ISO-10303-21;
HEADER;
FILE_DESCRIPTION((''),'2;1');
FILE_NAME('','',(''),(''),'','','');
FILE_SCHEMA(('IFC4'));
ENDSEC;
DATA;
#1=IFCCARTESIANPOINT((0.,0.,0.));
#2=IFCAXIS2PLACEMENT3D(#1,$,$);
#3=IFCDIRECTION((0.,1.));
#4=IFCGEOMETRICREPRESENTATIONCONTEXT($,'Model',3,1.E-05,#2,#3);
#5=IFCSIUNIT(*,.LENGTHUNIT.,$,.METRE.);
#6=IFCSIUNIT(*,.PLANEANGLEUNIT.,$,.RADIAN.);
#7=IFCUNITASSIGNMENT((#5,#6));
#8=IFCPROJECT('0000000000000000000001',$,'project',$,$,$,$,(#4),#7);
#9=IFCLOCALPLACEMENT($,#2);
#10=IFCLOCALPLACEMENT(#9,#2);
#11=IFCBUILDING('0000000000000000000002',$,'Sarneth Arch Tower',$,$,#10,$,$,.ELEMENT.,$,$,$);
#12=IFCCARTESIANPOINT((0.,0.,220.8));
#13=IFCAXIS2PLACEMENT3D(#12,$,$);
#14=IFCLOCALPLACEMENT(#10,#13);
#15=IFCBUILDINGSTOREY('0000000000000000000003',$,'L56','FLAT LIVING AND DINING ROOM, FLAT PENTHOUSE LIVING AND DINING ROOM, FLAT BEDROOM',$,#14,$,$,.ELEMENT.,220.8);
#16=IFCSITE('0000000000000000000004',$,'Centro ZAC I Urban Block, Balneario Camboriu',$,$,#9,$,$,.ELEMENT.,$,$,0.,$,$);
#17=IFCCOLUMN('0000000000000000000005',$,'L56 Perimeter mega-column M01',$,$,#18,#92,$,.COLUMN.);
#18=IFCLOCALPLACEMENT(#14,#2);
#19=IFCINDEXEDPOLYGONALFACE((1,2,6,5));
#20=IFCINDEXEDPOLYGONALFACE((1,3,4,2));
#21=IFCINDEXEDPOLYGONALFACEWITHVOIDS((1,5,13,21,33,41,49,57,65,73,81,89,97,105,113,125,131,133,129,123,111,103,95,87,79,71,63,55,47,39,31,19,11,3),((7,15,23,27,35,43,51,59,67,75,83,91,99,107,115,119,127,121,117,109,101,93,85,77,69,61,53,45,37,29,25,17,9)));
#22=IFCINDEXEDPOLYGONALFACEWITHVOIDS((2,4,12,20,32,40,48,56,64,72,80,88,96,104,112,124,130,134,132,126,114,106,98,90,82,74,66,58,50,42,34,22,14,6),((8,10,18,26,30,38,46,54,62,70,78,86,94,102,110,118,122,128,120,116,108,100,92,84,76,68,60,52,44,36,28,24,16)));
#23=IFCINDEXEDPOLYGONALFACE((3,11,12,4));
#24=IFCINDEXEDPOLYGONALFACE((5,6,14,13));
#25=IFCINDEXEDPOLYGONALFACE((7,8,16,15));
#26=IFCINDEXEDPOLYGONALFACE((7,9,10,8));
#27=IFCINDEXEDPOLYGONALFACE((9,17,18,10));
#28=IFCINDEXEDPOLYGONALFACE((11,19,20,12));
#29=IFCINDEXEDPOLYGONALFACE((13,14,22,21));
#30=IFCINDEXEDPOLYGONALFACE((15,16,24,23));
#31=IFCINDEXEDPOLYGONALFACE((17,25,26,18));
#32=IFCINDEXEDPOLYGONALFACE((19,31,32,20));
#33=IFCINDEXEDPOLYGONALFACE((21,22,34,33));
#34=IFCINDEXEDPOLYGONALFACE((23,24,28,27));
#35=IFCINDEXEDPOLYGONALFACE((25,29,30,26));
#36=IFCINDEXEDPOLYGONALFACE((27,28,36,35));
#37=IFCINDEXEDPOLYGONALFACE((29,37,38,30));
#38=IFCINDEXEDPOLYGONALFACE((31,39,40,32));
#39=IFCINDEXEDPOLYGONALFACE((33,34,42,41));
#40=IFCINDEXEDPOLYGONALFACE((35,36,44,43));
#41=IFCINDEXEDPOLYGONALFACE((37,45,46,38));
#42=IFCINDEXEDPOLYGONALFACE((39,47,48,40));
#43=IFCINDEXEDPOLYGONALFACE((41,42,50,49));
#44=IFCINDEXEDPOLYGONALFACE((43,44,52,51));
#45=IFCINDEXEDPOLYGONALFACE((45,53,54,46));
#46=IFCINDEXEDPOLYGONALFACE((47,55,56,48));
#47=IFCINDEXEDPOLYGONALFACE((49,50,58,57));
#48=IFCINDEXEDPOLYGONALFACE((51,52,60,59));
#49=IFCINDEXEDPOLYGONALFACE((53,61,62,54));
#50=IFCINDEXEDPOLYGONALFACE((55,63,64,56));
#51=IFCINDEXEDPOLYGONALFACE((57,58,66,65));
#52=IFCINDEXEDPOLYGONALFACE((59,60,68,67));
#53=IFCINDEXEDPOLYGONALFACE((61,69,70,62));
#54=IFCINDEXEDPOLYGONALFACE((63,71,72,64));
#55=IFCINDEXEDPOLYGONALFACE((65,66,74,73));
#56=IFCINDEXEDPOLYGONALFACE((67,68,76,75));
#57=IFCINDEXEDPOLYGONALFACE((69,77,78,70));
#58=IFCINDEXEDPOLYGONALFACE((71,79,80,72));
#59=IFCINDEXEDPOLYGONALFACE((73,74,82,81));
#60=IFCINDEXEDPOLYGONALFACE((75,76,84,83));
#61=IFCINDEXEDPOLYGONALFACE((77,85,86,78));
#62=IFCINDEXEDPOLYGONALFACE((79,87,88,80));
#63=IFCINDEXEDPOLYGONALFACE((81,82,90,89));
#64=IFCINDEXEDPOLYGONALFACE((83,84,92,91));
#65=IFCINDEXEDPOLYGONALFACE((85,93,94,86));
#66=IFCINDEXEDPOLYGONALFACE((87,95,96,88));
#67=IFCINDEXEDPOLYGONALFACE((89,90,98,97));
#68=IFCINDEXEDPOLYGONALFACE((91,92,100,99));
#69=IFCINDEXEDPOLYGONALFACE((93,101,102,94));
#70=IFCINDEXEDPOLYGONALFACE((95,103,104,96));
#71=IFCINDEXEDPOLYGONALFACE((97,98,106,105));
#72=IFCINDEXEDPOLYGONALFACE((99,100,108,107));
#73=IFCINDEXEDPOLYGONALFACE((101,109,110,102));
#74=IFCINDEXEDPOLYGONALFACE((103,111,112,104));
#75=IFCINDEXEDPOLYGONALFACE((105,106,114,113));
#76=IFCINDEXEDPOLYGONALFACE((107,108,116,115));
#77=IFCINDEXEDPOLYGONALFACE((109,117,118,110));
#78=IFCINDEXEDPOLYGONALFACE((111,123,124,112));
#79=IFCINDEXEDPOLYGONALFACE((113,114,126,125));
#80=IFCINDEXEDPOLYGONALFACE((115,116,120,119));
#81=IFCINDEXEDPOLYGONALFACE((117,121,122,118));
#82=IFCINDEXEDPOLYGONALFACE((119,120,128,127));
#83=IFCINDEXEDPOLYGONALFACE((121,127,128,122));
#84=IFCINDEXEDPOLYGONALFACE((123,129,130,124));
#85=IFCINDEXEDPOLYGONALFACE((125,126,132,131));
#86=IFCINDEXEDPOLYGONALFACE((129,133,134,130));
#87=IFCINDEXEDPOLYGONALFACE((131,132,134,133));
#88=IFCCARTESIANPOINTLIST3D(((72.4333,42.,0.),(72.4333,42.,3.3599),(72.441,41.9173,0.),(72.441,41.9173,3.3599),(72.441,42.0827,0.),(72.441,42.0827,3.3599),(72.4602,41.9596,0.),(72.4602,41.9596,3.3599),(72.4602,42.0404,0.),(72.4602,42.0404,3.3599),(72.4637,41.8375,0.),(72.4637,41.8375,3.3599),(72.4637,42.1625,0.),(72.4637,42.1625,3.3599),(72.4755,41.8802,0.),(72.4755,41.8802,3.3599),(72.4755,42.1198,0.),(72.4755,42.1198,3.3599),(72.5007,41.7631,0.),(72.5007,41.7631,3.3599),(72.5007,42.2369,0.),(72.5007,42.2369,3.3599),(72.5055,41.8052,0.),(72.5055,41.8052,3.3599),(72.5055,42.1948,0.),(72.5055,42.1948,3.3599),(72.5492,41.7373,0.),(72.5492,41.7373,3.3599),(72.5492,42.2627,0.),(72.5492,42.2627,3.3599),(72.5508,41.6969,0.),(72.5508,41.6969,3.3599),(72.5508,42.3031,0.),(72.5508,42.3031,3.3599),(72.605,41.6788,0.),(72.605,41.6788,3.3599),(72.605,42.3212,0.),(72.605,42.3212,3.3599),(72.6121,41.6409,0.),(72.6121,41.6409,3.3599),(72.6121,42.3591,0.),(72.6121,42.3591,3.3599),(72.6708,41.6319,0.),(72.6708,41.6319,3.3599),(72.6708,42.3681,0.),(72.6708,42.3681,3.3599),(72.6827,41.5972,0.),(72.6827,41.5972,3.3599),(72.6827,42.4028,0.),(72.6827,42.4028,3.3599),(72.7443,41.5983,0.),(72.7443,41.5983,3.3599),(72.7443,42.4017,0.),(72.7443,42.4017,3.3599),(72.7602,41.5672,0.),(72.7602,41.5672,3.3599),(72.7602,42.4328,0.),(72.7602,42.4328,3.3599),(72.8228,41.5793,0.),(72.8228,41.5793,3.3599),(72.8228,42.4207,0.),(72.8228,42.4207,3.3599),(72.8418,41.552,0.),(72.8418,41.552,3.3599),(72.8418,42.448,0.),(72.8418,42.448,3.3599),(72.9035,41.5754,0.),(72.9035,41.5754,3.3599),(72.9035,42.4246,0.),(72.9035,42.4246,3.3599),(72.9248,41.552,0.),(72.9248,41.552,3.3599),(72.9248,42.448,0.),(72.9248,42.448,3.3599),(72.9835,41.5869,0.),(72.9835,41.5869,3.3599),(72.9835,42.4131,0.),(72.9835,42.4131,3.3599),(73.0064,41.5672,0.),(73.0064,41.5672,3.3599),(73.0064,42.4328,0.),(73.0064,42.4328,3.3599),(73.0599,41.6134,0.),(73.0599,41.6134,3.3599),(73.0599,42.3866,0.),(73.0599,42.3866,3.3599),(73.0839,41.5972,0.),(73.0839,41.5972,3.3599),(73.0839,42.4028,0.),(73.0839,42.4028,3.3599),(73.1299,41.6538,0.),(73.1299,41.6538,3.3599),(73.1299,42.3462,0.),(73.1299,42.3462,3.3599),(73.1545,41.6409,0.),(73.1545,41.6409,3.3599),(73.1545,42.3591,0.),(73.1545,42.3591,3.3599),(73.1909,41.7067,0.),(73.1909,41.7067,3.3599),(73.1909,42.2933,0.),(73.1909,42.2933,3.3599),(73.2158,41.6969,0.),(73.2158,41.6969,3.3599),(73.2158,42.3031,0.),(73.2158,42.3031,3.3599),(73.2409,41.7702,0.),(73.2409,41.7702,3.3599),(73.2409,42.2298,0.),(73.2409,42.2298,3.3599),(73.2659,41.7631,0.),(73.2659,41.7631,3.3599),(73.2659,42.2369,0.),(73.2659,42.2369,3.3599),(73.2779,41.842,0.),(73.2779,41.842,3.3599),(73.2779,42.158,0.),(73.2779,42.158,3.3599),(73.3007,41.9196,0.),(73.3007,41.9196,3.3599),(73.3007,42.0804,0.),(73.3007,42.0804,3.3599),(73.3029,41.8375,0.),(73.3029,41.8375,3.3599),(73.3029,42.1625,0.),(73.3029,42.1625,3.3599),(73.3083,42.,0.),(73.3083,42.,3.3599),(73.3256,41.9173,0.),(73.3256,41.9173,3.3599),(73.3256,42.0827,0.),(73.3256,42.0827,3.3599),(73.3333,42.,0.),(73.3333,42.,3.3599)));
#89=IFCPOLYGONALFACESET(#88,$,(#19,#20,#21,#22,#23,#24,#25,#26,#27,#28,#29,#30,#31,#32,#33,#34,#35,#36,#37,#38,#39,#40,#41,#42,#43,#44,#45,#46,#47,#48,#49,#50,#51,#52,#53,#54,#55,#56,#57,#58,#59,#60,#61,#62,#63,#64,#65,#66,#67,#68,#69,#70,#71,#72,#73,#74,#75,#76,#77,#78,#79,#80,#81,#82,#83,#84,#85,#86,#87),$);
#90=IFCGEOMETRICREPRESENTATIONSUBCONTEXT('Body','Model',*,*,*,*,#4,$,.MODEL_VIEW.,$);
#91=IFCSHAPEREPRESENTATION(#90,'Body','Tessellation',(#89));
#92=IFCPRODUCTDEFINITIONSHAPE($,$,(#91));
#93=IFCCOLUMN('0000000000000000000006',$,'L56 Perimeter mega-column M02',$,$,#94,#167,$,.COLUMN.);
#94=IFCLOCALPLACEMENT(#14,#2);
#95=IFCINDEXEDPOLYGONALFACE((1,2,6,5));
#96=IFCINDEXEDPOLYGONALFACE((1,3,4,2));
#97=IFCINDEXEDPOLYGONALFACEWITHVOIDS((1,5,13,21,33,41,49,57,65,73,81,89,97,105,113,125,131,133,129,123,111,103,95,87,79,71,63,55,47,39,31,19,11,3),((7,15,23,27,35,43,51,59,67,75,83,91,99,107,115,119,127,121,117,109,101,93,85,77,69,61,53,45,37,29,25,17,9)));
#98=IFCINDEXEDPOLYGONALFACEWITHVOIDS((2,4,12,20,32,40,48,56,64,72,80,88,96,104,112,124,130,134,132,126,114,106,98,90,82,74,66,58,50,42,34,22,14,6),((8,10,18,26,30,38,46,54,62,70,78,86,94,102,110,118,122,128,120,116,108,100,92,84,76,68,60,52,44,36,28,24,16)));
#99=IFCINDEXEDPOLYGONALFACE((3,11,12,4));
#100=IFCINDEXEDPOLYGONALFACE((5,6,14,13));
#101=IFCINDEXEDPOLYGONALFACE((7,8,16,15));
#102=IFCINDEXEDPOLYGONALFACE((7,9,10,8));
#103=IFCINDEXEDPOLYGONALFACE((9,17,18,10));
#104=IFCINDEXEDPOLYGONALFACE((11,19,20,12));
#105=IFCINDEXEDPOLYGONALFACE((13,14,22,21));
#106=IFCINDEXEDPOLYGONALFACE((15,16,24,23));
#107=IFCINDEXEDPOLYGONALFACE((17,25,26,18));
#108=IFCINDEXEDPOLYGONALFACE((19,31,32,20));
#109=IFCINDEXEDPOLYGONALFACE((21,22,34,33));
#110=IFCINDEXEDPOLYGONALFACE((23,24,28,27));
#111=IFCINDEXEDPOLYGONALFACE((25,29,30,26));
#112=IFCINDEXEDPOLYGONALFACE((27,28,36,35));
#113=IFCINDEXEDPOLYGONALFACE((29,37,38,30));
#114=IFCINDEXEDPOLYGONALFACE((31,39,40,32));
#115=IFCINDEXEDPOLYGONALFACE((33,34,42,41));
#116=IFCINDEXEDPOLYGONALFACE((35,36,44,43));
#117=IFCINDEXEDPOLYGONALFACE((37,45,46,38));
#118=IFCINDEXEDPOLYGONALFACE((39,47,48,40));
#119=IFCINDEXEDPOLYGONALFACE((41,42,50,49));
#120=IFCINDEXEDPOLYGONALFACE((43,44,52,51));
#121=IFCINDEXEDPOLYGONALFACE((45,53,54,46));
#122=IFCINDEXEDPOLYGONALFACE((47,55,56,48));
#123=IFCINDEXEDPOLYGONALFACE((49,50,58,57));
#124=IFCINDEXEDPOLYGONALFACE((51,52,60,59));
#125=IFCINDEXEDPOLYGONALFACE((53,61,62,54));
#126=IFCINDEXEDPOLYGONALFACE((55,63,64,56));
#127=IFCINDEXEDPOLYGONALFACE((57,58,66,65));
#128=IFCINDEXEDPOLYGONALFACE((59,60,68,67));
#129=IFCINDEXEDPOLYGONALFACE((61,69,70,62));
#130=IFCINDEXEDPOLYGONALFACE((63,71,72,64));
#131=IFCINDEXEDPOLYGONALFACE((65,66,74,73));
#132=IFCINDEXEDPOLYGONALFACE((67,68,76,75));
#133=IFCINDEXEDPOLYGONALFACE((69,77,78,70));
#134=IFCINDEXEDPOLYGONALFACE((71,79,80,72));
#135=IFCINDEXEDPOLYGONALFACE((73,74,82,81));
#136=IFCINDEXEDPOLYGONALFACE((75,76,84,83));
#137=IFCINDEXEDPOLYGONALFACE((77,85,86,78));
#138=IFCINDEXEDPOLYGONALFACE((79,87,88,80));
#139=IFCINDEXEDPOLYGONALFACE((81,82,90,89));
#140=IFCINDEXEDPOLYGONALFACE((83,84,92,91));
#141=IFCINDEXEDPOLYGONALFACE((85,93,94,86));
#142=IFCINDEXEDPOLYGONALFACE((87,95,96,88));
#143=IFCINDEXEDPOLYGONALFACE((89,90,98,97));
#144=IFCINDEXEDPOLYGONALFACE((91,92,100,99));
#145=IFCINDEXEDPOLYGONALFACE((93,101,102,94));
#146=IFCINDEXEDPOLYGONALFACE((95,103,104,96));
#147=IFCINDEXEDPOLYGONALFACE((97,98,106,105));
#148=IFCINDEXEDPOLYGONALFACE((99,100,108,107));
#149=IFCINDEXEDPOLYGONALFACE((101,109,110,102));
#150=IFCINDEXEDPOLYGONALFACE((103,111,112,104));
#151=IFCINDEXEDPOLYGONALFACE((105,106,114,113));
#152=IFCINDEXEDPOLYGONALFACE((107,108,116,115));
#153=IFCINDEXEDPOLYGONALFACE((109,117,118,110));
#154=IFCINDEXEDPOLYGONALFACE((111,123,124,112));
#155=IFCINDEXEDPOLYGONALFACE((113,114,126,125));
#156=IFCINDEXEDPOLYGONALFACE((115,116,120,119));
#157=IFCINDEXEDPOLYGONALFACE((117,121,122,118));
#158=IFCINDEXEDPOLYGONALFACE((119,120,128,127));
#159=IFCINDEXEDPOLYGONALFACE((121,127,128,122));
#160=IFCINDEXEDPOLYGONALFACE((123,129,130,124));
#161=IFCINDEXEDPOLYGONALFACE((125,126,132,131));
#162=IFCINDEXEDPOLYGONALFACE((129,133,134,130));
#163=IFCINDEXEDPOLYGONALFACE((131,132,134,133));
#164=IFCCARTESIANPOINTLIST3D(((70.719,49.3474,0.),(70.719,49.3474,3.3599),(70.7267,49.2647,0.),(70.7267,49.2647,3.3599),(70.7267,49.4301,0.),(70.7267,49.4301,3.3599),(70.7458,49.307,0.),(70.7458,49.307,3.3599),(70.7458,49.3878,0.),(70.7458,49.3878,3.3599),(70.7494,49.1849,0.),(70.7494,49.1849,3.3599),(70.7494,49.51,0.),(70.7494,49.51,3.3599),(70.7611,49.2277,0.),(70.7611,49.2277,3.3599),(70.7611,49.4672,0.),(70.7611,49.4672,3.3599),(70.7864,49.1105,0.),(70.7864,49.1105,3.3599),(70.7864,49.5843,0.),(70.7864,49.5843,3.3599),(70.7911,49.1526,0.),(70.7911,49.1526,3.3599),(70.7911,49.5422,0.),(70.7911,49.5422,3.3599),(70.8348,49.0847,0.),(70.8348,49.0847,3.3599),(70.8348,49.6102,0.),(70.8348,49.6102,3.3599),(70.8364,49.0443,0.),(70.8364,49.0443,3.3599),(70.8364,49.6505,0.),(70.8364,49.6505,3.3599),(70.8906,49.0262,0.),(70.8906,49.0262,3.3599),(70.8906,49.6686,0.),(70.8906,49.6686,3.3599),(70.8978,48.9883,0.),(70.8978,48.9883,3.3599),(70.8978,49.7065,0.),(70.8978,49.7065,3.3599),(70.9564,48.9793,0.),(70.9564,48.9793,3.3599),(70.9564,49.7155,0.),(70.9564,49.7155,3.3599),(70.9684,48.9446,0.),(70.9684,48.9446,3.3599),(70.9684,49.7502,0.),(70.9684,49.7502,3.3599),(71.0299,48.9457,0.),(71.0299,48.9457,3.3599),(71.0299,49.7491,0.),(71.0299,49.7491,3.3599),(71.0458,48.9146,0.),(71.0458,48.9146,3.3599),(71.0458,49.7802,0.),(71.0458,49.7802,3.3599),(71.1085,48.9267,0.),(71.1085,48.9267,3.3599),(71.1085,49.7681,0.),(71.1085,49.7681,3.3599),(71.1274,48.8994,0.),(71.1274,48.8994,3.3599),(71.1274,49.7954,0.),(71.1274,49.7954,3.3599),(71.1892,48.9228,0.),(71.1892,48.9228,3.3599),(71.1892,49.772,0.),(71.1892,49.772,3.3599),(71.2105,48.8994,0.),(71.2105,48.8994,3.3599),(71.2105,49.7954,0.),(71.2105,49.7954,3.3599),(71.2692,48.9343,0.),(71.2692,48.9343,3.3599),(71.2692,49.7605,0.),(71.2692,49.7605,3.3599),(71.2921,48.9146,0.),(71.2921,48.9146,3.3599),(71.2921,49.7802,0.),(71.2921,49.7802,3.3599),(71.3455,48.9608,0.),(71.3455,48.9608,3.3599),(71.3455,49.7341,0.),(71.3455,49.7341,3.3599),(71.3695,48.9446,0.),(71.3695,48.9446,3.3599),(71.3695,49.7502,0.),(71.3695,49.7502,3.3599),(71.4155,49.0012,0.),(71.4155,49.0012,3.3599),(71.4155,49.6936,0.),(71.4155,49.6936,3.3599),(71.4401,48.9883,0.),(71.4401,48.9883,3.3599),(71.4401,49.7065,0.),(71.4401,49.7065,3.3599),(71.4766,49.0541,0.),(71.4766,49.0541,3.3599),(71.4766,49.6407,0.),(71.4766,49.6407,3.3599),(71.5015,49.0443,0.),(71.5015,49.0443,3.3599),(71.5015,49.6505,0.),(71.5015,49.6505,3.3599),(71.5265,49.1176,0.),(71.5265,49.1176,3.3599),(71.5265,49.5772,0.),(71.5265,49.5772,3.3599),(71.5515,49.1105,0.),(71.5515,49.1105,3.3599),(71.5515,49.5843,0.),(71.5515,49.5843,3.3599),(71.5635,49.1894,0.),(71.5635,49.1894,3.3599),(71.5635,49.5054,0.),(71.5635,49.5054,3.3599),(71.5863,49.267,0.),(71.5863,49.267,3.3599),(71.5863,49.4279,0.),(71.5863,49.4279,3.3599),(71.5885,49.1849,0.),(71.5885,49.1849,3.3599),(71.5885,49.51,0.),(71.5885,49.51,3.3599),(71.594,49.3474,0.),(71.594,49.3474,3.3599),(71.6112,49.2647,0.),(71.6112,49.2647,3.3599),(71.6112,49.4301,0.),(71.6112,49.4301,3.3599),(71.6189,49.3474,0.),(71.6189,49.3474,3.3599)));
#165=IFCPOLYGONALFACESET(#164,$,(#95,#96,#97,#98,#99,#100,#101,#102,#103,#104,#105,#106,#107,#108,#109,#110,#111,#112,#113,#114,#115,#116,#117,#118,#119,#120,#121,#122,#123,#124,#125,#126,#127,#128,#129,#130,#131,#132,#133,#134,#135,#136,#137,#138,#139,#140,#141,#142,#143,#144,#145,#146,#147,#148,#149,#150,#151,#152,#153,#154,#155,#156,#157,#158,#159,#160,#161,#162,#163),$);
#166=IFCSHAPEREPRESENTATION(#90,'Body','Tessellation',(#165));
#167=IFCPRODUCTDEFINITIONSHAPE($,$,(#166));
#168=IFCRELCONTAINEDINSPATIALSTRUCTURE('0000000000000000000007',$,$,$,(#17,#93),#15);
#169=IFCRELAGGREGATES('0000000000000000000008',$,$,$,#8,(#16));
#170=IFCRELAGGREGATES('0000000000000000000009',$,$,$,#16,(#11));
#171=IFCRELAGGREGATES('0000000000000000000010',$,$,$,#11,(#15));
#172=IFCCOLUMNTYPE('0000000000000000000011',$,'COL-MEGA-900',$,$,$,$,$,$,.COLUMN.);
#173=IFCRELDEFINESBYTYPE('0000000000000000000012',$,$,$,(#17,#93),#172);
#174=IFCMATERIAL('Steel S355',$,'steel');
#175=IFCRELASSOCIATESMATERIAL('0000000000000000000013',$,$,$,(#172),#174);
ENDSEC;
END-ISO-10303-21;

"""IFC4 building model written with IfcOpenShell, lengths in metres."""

from ifc_helpers import new_model, si_unit, direction, frame, origin, origin_2d, place, context, subcontext, project, spatial, hollow_circle, extrude, material, material_profile, profile_set, type_object, element, save


model = new_model("IFC4")

# Units and contexts
model_context = context("Model", 3, precision=1e-05, world=origin(), true_north=direction((0.0, 1.0)))
body_context = subcontext(model_context, "Body", "Model", "MODEL_VIEW")
ifc_project = project(units=[si_unit("LENGTHUNIT", "METRE"), si_unit("PLANEANGLEUNIT", "RADIAN")], contexts=[model_context])

# Site, building, storey
site_placement = place(None, origin())
site = spatial("IfcSite", under=ifc_project, at=site_placement, Name="Centro ZAC I Urban Block, Balneario Camboriu", CompositionType="ELEMENT", RefElevation=0.0)
building_placement = place(site_placement, origin())
building = spatial("IfcBuilding", under=site, at=building_placement, Name="Sarneth Arch Tower", CompositionType="ELEMENT")
storey_placement = place(building_placement, frame((0.0, 0.0, 220.8)))
storey = spatial("IfcBuildingStorey", under=building, at=storey_placement, Name="L56", Description="FLAT LIVING AND DINING ROOM, FLAT PENTHOUSE LIVING AND DINING ROOM, FLAT BEDROOM", CompositionType="ELEMENT", Elevation=220.8)

# Columns
ifc_material_1 = material(Name="Steel S355", Category="steel")
ifc_material_profile_1 = material_profile(ifc_material_1, hollow_circle(Radius=0.45, WallThickness=0.0249, at=origin_2d()), Name="CHS900x25")
ifc_profile_set_1 = profile_set([ifc_material_profile_1], Name="Steel S355")
column_type = type_object("IfcColumnType", Name="COL-MEGA-900", PredefinedType="COLUMN", material=ifc_profile_set_1)
for number, where, z_axis, x_axis, name in (
    (1, (72.8833, 42.0, 0.0), (0.0, 0.0, 1.0), (1.0, 0.0, 0.0), "L56 Perimeter mega-column M01"),
    (2, (71.1689, 49.3474, 0.0), (0.0, 0.0, 1.0), (1.0, 0.0, 0.0), "L56 Perimeter mega-column M02"),
):
    element("IfcColumn", number, at=place(storey_placement, frame(where, z_axis=z_axis, x_axis=x_axis)), inside=storey, type_object=column_type, Name=name, PredefinedType="COLUMN", context=body_context, shape_type="SweptSolid", body=[
        extrude(hollow_circle(Radius=0.45, WallThickness=0.0249, at=origin_2d()), origin(), (0.0, 0.0, 1.0), 3.3599),
    ])

save(model, "model.ifc")
